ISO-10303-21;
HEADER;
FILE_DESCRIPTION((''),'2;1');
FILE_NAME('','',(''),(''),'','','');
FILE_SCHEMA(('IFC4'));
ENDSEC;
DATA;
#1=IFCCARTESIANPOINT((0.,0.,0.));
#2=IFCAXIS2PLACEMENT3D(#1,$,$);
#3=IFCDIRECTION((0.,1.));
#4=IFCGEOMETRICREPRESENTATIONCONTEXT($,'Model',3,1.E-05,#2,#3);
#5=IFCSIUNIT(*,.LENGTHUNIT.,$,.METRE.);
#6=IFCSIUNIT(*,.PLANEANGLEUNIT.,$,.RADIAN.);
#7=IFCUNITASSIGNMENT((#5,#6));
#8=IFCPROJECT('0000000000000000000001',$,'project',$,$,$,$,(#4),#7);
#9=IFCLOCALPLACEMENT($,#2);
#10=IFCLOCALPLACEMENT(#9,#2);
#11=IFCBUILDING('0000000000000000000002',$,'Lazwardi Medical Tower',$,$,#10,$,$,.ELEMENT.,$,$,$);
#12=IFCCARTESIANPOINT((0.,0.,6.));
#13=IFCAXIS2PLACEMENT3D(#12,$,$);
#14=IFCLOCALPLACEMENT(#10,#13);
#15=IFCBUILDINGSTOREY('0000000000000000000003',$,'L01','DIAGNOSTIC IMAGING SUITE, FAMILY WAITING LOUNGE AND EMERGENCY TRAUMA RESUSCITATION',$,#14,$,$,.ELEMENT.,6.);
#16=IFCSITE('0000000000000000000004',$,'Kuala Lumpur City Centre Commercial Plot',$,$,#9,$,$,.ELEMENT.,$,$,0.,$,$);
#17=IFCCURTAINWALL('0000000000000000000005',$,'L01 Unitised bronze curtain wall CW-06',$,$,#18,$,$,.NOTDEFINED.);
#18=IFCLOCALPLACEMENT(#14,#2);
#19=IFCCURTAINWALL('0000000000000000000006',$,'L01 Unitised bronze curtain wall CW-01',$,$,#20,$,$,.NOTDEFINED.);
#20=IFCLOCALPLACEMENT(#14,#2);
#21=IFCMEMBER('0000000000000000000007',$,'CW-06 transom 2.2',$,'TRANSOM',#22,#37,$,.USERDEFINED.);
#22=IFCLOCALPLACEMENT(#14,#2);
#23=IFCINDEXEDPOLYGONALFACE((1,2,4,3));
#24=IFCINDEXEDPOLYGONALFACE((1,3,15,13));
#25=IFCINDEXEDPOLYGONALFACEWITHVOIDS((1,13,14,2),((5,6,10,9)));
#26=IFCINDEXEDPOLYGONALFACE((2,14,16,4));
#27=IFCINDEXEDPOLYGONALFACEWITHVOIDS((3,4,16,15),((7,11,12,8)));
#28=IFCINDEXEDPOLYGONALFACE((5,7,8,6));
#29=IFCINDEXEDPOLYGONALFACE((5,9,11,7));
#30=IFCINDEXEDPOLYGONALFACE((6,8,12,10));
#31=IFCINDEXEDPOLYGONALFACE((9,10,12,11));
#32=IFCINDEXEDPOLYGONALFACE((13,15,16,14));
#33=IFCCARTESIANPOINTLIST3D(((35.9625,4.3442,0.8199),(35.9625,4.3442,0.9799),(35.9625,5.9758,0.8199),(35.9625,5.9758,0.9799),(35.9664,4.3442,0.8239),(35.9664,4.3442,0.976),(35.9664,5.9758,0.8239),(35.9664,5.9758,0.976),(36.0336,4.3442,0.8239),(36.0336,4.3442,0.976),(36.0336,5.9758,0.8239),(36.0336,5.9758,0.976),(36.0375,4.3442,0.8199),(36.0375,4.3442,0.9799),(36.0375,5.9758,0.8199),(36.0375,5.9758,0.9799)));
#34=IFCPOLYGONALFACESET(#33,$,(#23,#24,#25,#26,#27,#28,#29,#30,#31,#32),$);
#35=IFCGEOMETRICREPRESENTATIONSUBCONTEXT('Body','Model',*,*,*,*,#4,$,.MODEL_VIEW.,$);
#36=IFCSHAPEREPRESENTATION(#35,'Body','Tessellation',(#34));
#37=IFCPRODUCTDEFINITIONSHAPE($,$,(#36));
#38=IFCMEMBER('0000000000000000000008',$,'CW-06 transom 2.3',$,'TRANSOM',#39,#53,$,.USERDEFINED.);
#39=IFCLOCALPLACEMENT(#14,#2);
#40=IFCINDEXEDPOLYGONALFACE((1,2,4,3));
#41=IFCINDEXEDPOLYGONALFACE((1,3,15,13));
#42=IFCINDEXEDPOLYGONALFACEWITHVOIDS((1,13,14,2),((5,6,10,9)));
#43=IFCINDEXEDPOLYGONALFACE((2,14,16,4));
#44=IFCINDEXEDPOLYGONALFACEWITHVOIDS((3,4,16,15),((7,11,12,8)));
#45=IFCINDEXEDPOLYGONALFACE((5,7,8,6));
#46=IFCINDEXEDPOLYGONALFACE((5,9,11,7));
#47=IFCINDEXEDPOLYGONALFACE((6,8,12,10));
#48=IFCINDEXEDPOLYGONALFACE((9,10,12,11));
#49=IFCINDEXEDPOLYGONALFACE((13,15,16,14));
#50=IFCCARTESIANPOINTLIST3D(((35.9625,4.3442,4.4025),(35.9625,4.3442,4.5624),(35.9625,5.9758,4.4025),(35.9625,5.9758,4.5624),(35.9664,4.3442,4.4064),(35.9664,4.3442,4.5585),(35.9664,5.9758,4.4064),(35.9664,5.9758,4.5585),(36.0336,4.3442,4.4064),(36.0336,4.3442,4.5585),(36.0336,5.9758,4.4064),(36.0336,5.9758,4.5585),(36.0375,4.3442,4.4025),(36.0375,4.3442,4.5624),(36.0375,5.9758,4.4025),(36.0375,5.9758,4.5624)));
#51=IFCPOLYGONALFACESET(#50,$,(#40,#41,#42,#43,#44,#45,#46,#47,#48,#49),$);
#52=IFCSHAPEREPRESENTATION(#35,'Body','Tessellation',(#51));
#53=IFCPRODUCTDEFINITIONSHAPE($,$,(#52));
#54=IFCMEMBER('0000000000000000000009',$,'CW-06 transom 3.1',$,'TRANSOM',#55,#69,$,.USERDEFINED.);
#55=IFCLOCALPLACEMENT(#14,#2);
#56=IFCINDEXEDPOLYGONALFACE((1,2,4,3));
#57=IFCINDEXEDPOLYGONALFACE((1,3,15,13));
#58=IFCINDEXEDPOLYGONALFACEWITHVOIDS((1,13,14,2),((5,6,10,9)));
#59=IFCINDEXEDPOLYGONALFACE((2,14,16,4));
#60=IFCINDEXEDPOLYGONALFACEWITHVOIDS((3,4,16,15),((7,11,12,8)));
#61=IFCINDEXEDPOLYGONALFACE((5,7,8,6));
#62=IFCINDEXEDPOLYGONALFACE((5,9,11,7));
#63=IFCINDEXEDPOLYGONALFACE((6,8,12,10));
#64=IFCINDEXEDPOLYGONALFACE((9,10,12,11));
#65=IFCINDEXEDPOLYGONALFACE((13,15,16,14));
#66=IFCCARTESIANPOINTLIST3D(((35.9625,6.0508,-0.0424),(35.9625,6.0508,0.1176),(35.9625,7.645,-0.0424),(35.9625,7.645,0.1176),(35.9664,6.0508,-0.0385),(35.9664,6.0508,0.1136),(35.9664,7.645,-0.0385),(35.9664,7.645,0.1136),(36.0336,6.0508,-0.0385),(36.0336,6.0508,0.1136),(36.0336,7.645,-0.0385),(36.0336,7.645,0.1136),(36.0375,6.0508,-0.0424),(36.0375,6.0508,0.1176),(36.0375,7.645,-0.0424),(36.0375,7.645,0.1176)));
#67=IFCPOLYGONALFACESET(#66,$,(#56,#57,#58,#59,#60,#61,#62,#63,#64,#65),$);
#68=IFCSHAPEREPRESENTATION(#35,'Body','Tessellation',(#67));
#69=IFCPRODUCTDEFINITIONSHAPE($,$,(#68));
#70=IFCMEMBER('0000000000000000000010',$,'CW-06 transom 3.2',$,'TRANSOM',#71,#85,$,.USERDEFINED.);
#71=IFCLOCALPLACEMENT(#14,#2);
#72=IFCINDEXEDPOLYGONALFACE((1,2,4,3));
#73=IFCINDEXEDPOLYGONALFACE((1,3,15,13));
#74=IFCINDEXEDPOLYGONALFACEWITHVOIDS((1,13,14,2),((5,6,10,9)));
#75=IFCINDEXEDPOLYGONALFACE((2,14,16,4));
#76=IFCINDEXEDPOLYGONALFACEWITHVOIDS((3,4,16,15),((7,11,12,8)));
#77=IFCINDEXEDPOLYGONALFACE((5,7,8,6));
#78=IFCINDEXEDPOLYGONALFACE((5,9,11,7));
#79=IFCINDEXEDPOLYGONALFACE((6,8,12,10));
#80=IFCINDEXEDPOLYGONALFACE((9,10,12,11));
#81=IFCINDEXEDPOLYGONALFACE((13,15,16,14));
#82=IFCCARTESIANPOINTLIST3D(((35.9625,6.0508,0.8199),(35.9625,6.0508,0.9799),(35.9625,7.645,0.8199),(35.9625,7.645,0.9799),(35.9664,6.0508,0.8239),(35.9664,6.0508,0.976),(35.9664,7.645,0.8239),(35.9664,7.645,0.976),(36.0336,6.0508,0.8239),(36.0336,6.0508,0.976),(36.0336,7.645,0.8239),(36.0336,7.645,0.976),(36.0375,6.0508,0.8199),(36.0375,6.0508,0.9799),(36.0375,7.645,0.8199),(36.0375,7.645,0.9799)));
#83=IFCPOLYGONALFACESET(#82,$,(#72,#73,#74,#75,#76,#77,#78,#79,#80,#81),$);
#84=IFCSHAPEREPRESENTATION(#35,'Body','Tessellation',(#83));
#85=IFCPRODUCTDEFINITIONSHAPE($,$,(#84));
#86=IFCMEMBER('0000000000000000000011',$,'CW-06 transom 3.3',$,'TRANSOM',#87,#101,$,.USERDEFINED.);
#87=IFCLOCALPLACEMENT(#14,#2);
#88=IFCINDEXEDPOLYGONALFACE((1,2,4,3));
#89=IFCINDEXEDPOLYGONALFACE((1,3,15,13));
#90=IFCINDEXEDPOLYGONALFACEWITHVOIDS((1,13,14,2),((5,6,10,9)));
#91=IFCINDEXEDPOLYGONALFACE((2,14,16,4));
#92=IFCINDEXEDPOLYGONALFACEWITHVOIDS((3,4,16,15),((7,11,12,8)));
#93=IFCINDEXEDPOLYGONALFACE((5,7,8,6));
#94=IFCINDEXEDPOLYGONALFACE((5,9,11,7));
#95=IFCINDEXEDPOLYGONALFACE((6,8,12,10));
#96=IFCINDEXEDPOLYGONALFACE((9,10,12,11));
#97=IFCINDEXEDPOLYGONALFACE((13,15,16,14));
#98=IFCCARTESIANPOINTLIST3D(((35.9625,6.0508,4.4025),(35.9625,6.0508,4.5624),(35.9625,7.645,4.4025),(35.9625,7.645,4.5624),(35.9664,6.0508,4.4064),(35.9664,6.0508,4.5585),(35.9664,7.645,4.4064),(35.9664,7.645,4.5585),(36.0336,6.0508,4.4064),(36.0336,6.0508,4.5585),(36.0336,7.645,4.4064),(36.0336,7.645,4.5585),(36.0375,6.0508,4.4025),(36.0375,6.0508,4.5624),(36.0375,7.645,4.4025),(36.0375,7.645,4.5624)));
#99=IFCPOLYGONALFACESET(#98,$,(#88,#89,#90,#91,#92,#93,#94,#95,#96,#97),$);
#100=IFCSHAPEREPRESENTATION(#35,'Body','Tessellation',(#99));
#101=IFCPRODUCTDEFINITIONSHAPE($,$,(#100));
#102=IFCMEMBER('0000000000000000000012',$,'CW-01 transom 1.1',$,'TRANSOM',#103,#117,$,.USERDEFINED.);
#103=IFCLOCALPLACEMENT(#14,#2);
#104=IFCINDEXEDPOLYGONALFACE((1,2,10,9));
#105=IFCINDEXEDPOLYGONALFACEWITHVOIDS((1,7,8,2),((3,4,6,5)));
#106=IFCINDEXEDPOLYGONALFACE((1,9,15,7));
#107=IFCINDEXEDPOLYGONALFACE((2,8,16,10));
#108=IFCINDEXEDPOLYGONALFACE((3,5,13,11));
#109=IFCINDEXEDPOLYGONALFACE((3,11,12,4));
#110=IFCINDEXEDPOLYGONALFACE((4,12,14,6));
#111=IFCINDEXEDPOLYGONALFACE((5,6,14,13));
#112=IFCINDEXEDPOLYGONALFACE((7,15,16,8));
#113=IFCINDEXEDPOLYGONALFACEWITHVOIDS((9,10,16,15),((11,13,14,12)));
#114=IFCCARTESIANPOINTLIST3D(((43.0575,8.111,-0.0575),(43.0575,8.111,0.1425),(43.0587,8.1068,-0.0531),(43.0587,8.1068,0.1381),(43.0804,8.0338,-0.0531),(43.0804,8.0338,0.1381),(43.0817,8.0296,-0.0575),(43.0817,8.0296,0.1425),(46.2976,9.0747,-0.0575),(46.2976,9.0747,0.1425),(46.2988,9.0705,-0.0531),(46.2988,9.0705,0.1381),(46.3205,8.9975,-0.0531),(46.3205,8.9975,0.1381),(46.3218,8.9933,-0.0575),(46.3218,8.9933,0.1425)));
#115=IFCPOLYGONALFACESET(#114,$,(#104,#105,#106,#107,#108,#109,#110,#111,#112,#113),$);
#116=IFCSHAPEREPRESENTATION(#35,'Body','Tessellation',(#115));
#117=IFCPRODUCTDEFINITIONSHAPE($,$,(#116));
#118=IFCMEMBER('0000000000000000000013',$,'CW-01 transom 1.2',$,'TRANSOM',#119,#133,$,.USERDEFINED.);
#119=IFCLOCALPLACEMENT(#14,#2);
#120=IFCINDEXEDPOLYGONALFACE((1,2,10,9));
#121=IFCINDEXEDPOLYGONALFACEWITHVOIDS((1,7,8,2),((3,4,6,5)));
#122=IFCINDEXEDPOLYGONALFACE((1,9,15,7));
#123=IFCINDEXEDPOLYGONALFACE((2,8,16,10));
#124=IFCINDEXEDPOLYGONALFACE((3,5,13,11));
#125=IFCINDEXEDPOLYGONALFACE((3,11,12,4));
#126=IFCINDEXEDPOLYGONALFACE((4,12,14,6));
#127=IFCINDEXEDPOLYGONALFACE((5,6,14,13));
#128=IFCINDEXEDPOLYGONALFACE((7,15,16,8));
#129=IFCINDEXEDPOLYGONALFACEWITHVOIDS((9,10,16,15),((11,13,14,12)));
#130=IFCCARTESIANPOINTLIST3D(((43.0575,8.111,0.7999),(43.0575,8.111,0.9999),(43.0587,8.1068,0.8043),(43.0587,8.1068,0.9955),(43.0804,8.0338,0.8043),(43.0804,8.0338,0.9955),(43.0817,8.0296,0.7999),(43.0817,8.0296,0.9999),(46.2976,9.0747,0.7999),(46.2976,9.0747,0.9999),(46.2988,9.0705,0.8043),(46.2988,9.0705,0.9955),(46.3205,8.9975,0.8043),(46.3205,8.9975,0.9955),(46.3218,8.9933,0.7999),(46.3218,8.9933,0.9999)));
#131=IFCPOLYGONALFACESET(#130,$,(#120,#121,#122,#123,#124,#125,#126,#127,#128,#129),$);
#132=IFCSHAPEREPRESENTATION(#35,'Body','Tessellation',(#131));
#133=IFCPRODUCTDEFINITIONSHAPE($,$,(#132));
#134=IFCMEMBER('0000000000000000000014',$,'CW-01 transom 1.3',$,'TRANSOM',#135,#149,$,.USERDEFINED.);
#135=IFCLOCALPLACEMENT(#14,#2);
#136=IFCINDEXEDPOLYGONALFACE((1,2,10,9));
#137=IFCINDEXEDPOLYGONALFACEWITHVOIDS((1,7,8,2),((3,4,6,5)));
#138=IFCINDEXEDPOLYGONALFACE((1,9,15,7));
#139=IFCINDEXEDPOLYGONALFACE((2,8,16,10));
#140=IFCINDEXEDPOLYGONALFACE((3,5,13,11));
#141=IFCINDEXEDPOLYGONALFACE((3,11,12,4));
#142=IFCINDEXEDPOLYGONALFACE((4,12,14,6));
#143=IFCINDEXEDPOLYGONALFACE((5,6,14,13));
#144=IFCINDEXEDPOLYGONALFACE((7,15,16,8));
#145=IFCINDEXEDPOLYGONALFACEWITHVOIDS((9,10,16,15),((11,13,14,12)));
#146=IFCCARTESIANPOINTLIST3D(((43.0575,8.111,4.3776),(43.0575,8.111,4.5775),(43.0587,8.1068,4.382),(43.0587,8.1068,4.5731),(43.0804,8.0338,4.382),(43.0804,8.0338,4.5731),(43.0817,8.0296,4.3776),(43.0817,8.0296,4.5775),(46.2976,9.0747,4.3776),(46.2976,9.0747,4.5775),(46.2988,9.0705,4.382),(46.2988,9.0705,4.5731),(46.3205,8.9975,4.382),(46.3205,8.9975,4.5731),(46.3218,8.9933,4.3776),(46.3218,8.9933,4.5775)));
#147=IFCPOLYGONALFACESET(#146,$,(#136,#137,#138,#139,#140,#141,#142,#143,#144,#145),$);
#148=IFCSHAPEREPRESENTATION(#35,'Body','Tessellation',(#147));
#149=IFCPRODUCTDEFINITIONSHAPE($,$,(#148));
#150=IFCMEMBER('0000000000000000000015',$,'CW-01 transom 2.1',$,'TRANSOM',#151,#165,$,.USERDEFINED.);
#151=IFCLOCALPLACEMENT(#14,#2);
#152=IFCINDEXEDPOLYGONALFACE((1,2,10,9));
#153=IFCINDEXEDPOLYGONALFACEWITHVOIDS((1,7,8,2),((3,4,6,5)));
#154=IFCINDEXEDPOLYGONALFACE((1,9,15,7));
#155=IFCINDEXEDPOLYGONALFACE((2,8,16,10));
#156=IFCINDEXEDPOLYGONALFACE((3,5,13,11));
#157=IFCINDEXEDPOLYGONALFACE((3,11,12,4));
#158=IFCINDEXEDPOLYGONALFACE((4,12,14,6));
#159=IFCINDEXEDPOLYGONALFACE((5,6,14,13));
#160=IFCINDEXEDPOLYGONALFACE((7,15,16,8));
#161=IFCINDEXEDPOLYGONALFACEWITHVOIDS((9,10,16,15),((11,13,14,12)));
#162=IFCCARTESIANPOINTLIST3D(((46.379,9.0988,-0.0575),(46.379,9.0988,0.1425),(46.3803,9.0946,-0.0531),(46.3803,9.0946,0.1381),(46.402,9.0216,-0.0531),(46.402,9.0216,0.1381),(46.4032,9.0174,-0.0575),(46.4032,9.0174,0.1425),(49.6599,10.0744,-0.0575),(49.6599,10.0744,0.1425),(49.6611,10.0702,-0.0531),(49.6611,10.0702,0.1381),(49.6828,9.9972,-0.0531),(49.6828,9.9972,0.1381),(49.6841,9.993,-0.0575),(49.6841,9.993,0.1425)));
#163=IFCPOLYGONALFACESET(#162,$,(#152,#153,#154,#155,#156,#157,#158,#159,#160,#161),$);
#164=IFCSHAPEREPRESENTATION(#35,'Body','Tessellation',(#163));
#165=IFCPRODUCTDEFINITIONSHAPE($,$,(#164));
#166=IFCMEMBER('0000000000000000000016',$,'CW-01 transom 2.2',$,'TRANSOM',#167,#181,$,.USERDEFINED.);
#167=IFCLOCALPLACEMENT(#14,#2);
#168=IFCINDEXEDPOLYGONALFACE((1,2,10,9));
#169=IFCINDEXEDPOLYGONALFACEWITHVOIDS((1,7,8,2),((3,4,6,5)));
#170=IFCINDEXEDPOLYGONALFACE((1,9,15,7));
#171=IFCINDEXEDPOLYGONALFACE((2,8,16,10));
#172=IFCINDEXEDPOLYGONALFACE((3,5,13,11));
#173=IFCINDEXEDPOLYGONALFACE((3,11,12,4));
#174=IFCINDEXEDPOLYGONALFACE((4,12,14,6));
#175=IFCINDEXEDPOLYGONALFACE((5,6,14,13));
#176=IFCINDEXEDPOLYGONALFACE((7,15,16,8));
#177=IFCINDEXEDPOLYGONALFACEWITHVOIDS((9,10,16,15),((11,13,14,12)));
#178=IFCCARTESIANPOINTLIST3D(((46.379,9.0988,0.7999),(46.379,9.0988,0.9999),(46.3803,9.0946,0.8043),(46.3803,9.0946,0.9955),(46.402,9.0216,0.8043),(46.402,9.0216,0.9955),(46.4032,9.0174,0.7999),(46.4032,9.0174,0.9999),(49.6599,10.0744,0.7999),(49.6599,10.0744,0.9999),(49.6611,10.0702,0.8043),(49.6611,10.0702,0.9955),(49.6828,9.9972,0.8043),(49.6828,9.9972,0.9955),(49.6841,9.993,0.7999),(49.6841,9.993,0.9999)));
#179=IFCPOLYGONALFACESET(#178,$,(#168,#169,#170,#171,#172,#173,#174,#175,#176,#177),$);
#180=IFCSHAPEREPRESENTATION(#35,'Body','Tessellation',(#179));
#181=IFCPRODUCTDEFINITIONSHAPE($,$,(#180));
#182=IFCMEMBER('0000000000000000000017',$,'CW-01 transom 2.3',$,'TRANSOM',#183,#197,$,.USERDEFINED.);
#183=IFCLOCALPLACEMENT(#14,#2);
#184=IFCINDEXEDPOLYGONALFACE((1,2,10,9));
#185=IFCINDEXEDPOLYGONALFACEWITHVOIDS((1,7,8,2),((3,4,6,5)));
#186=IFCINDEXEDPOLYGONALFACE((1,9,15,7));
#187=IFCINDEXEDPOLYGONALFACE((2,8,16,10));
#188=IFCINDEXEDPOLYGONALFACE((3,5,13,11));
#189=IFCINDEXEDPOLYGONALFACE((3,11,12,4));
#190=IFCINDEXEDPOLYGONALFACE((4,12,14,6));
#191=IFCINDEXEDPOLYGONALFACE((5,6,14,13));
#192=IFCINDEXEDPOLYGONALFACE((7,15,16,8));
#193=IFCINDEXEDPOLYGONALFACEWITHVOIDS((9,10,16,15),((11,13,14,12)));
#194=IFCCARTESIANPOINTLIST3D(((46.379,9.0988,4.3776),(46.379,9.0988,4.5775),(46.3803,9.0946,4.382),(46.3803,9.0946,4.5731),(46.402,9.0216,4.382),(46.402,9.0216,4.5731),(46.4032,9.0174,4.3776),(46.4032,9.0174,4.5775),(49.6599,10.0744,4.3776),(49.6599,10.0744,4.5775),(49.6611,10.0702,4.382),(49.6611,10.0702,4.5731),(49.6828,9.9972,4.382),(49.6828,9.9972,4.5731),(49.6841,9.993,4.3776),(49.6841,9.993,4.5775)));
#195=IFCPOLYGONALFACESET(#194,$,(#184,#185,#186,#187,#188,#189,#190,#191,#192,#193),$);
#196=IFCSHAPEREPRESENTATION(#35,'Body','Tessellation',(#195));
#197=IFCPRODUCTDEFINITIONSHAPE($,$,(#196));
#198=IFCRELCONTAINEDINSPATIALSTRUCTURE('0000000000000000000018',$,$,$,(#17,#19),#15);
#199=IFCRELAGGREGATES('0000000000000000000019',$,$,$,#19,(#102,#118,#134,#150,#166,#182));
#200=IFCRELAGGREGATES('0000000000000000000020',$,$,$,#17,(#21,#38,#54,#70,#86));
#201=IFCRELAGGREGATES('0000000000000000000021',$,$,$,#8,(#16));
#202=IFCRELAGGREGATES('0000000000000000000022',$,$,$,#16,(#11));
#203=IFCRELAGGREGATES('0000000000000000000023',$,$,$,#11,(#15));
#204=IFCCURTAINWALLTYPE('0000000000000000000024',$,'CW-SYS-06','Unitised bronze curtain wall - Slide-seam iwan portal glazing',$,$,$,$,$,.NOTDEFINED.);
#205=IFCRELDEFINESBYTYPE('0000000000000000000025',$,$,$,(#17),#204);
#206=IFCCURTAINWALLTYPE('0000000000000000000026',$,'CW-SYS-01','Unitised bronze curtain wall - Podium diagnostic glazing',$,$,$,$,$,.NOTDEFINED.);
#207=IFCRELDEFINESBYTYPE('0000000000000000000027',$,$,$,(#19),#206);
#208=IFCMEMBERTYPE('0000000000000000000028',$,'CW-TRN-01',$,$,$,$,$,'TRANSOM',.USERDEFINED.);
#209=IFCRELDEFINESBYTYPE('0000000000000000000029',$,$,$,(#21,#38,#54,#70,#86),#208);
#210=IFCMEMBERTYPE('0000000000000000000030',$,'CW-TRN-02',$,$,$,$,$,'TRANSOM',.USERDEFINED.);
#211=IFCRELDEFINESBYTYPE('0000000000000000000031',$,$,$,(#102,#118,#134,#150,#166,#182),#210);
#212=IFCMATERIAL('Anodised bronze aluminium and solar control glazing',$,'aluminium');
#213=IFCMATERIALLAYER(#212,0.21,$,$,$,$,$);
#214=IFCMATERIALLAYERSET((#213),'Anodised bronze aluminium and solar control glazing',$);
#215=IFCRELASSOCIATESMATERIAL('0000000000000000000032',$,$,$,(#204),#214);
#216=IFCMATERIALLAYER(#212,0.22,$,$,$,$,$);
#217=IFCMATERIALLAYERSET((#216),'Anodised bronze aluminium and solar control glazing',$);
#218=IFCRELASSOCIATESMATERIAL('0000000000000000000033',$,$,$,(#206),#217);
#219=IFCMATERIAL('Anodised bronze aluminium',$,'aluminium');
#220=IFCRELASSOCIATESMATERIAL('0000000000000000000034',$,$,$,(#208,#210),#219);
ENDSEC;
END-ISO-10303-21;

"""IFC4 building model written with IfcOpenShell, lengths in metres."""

from ifc_helpers import new_model, si_unit, direction, frame, origin, origin_2d, place, context, subcontext, project, spatial, hollow_rectangle, extrude, material, layer, layer_set, material_profile, profile_set, type_object, element, aggregate, save


model = new_model("IFC4")

# Units and contexts
model_context = context("Model", 3, precision=1e-05, world=origin(), true_north=direction((0.0, 1.0)))
body_context = subcontext(model_context, "Body", "Model", "MODEL_VIEW")
ifc_project = project(units=[si_unit("LENGTHUNIT", "METRE"), si_unit("PLANEANGLEUNIT", "RADIAN")], contexts=[model_context])

# Site, building, storey
site_placement = place(None, origin())
site = spatial("IfcSite", under=ifc_project, at=site_placement, Name="Kuala Lumpur City Centre Commercial Plot", CompositionType="ELEMENT", RefElevation=0.0)
building_placement = place(site_placement, origin())
building = spatial("IfcBuilding", under=site, at=building_placement, Name="Lazwardi Medical Tower", CompositionType="ELEMENT")
storey_placement = place(building_placement, frame((0.0, 0.0, 6.0)))
storey = spatial("IfcBuildingStorey", under=building, at=storey_placement, Name="L01", Description="DIAGNOSTIC IMAGING SUITE, FAMILY WAITING LOUNGE AND EMERGENCY TRAUMA RESUSCITATION", CompositionType="ELEMENT", Elevation=6.0)

# Curtain wall
ifc_material_1 = material(Name="Anodised bronze aluminium and solar control glazing", Category="aluminium")
ifc_layer_1 = layer(ifc_material_1, 0.21)
ifc_layer_set_1 = layer_set([ifc_layer_1], Name="Anodised bronze aluminium and solar control glazing")
curtain_wall_type_1 = type_object("IfcCurtainWallType", Name="CW-SYS-06", Description="Unitised bronze curtain wall - Slide-seam iwan portal glazing", PredefinedType="NOTDEFINED", material=ifc_layer_set_1)
curtain_wall_1_placement = place(storey_placement, origin())
curtain_wall_1 = element("IfcCurtainWall", 1, at=curtain_wall_1_placement, inside=storey, type_object=curtain_wall_type_1, Name="L01 Unitised bronze curtain wall CW-06", PredefinedType="NOTDEFINED")
ifc_material_2 = material(Name="Anodised bronze aluminium", Category="aluminium")

# Curtain wall
ifc_layer_2 = layer(ifc_material_1, 0.22)
ifc_layer_set_2 = layer_set([ifc_layer_2], Name="Anodised bronze aluminium and solar control glazing")
curtain_wall_type_2 = type_object("IfcCurtainWallType", Name="CW-SYS-01", Description="Unitised bronze curtain wall - Podium diagnostic glazing", PredefinedType="NOTDEFINED", material=ifc_layer_set_2)
curtain_wall_2_placement = place(storey_placement, origin())
curtain_wall_2 = element("IfcCurtainWall", 2, at=curtain_wall_2_placement, inside=storey, type_object=curtain_wall_type_2, Name="L01 Unitised bronze curtain wall CW-01", PredefinedType="NOTDEFINED")

# Members
ifc_material_profile_1 = material_profile(ifc_material_2, hollow_rectangle(XDim=0.075, YDim=0.1599, WallThickness=0.0039, at=origin_2d()), Name="ALU-TRANSOM 160x75x4")
ifc_profile_set_1 = profile_set([ifc_material_profile_1], Name="Anodised bronze aluminium")
member_type_1 = type_object("IfcMemberType", Name="CW-TRN-01", ElementType="TRANSOM", PredefinedType="USERDEFINED", material=ifc_profile_set_1)
member_1_placement = place(storey_placement, frame((36.0, 4.3442, 0.8999), z_axis=(0.0, 1.0, 0.0), x_axis=(-1.0, 0.0, 0.0)))
member_1 = element("IfcMember", 3, at=member_1_placement, type_object=member_type_1, Name="CW-06 transom 2.2", ObjectType="TRANSOM", PredefinedType="USERDEFINED", context=body_context, shape_type="SweptSolid", body=[
    extrude(hollow_rectangle(XDim=0.075, YDim=0.1599, WallThickness=0.0039, at=origin_2d()), origin(), (0.0, 0.0, 1.0), 1.6316),
])
member_2_placement = place(storey_placement, frame((36.0, 4.3442, 4.4824), z_axis=(0.0, 1.0, 0.0), x_axis=(-1.0, 0.0, 0.0)))
member_2 = element("IfcMember", 4, at=member_2_placement, type_object=member_type_1, Name="CW-06 transom 2.3", ObjectType="TRANSOM", PredefinedType="USERDEFINED", context=body_context, shape_type="SweptSolid", body=[
    extrude(hollow_rectangle(XDim=0.075, YDim=0.1599, WallThickness=0.0039, at=origin_2d()), origin(), (0.0, 0.0, 1.0), 1.6316),
])
member_3_placement = place(storey_placement, frame((36.0, 6.0508, 0.0376), z_axis=(0.0, 1.0, 0.0), x_axis=(-1.0, 0.0, 0.0)))
member_3 = element("IfcMember", 5, at=member_3_placement, type_object=member_type_1, Name="CW-06 transom 3.1", ObjectType="TRANSOM", PredefinedType="USERDEFINED", context=body_context, shape_type="SweptSolid", body=[
    extrude(hollow_rectangle(XDim=0.075, YDim=0.1599, WallThickness=0.0039, at=origin_2d()), origin(), (0.0, 0.0, 1.0), 1.5942),
])
member_4_placement = place(storey_placement, frame((36.0, 6.0508, 0.8999), z_axis=(0.0, 1.0, 0.0), x_axis=(-1.0, 0.0, 0.0)))
member_4 = element("IfcMember", 6, at=member_4_placement, type_object=member_type_1, Name="CW-06 transom 3.2", ObjectType="TRANSOM", PredefinedType="USERDEFINED", context=body_context, shape_type="SweptSolid", body=[
    extrude(hollow_rectangle(XDim=0.075, YDim=0.1599, WallThickness=0.0039, at=origin_2d()), origin(), (0.0, 0.0, 1.0), 1.5942),
])
member_5_placement = place(storey_placement, frame((36.0, 6.0508, 4.4824), z_axis=(0.0, 1.0, 0.0), x_axis=(-1.0, 0.0, 0.0)))
member_5 = element("IfcMember", 7, at=member_5_placement, type_object=member_type_1, Name="CW-06 transom 3.3", ObjectType="TRANSOM", PredefinedType="USERDEFINED", context=body_context, shape_type="SweptSolid", body=[
    extrude(hollow_rectangle(XDim=0.075, YDim=0.1599, WallThickness=0.0039, at=origin_2d()), origin(), (0.0, 0.0, 1.0), 1.5942),
])
ifc_material_profile_2 = material_profile(ifc_material_2, hollow_rectangle(XDim=0.085, YDim=0.2, WallThickness=0.0044, at=origin_2d()), Name="ALU-TRANSOM 200x85x4.5")
ifc_profile_set_2 = profile_set([ifc_material_profile_2], Name="Anodised bronze aluminium")
member_type_2 = type_object("IfcMemberType", Name="CW-TRN-02", ElementType="TRANSOM", PredefinedType="USERDEFINED", material=ifc_profile_set_2)
member_6_placement = place(storey_placement, frame((43.0696, 8.0703, 0.0425), z_axis=(0.958505, 0.285074, 0.0), x_axis=(-0.285074, 0.958505, 0.0)))
member_6 = element("IfcMember", 8, at=member_6_placement, type_object=member_type_2, Name="CW-01 transom 1.1", ObjectType="TRANSOM", PredefinedType="USERDEFINED", context=body_context, shape_type="SweptSolid", body=[
    extrude(hollow_rectangle(XDim=0.085, YDim=0.2, WallThickness=0.0044, at=origin_2d()), origin(), (0.0, 0.0, 1.0), 3.3804),
])
member_7_placement = place(storey_placement, frame((43.0696, 8.0703, 0.8999), z_axis=(0.958505, 0.285074, 0.0), x_axis=(-0.285074, 0.958505, 0.0)))
member_7 = element("IfcMember", 9, at=member_7_placement, type_object=member_type_2, Name="CW-01 transom 1.2", ObjectType="TRANSOM", PredefinedType="USERDEFINED", context=body_context, shape_type="SweptSolid", body=[
    extrude(hollow_rectangle(XDim=0.085, YDim=0.2, WallThickness=0.0044, at=origin_2d()), origin(), (0.0, 0.0, 1.0), 3.3804),
])
member_8_placement = place(storey_placement, frame((43.0696, 8.0703, 4.4775), z_axis=(0.958505, 0.285074, 0.0), x_axis=(-0.285074, 0.958505, 0.0)))
member_8 = element("IfcMember", 10, at=member_8_placement, type_object=member_type_2, Name="CW-01 transom 1.3", ObjectType="TRANSOM", PredefinedType="USERDEFINED", context=body_context, shape_type="SweptSolid", body=[
    extrude(hollow_rectangle(XDim=0.085, YDim=0.2, WallThickness=0.0044, at=origin_2d()), origin(), (0.0, 0.0, 1.0), 3.3804),
])
member_9_placement = place(storey_placement, frame((46.3911, 9.0581, 0.0425), z_axis=(0.958518, 0.28503, 0.0), x_axis=(-0.28503, 0.958518, 0.0)))
member_9 = element("IfcMember", 11, at=member_9_placement, type_object=member_type_2, Name="CW-01 transom 2.1", ObjectType="TRANSOM", PredefinedType="USERDEFINED", context=body_context, shape_type="SweptSolid", body=[
    extrude(hollow_rectangle(XDim=0.085, YDim=0.2, WallThickness=0.0044, at=origin_2d()), origin(), (0.0, 0.0, 1.0), 3.4229),
])
member_10_placement = place(storey_placement, frame((46.3911, 9.0581, 0.8999), z_axis=(0.958518, 0.28503, 0.0), x_axis=(-0.28503, 0.958518, 0.0)))
member_10 = element("IfcMember", 12, at=member_10_placement, type_object=member_type_2, Name="CW-01 transom 2.2", ObjectType="TRANSOM", PredefinedType="USERDEFINED", context=body_context, shape_type="SweptSolid", body=[
    extrude(hollow_rectangle(XDim=0.085, YDim=0.2, WallThickness=0.0044, at=origin_2d()), origin(), (0.0, 0.0, 1.0), 3.4229),
])
member_11_placement = place(storey_placement, frame((46.3911, 9.0581, 4.4775), z_axis=(0.958518, 0.28503, 0.0), x_axis=(-0.28503, 0.958518, 0.0)))
member_11 = element("IfcMember", 13, at=member_11_placement, type_object=member_type_2, Name="CW-01 transom 2.3", ObjectType="TRANSOM", PredefinedType="USERDEFINED", context=body_context, shape_type="SweptSolid", body=[
    extrude(hollow_rectangle(XDim=0.085, YDim=0.2, WallThickness=0.0044, at=origin_2d()), origin(), (0.0, 0.0, 1.0), 3.4229),
])

aggregate(curtain_wall_2, [member_6, member_7, member_8, member_9, member_10, member_11])
aggregate(curtain_wall_1, [member_1, member_2, member_3, member_4, member_5])

save(model, "model.ifc")
